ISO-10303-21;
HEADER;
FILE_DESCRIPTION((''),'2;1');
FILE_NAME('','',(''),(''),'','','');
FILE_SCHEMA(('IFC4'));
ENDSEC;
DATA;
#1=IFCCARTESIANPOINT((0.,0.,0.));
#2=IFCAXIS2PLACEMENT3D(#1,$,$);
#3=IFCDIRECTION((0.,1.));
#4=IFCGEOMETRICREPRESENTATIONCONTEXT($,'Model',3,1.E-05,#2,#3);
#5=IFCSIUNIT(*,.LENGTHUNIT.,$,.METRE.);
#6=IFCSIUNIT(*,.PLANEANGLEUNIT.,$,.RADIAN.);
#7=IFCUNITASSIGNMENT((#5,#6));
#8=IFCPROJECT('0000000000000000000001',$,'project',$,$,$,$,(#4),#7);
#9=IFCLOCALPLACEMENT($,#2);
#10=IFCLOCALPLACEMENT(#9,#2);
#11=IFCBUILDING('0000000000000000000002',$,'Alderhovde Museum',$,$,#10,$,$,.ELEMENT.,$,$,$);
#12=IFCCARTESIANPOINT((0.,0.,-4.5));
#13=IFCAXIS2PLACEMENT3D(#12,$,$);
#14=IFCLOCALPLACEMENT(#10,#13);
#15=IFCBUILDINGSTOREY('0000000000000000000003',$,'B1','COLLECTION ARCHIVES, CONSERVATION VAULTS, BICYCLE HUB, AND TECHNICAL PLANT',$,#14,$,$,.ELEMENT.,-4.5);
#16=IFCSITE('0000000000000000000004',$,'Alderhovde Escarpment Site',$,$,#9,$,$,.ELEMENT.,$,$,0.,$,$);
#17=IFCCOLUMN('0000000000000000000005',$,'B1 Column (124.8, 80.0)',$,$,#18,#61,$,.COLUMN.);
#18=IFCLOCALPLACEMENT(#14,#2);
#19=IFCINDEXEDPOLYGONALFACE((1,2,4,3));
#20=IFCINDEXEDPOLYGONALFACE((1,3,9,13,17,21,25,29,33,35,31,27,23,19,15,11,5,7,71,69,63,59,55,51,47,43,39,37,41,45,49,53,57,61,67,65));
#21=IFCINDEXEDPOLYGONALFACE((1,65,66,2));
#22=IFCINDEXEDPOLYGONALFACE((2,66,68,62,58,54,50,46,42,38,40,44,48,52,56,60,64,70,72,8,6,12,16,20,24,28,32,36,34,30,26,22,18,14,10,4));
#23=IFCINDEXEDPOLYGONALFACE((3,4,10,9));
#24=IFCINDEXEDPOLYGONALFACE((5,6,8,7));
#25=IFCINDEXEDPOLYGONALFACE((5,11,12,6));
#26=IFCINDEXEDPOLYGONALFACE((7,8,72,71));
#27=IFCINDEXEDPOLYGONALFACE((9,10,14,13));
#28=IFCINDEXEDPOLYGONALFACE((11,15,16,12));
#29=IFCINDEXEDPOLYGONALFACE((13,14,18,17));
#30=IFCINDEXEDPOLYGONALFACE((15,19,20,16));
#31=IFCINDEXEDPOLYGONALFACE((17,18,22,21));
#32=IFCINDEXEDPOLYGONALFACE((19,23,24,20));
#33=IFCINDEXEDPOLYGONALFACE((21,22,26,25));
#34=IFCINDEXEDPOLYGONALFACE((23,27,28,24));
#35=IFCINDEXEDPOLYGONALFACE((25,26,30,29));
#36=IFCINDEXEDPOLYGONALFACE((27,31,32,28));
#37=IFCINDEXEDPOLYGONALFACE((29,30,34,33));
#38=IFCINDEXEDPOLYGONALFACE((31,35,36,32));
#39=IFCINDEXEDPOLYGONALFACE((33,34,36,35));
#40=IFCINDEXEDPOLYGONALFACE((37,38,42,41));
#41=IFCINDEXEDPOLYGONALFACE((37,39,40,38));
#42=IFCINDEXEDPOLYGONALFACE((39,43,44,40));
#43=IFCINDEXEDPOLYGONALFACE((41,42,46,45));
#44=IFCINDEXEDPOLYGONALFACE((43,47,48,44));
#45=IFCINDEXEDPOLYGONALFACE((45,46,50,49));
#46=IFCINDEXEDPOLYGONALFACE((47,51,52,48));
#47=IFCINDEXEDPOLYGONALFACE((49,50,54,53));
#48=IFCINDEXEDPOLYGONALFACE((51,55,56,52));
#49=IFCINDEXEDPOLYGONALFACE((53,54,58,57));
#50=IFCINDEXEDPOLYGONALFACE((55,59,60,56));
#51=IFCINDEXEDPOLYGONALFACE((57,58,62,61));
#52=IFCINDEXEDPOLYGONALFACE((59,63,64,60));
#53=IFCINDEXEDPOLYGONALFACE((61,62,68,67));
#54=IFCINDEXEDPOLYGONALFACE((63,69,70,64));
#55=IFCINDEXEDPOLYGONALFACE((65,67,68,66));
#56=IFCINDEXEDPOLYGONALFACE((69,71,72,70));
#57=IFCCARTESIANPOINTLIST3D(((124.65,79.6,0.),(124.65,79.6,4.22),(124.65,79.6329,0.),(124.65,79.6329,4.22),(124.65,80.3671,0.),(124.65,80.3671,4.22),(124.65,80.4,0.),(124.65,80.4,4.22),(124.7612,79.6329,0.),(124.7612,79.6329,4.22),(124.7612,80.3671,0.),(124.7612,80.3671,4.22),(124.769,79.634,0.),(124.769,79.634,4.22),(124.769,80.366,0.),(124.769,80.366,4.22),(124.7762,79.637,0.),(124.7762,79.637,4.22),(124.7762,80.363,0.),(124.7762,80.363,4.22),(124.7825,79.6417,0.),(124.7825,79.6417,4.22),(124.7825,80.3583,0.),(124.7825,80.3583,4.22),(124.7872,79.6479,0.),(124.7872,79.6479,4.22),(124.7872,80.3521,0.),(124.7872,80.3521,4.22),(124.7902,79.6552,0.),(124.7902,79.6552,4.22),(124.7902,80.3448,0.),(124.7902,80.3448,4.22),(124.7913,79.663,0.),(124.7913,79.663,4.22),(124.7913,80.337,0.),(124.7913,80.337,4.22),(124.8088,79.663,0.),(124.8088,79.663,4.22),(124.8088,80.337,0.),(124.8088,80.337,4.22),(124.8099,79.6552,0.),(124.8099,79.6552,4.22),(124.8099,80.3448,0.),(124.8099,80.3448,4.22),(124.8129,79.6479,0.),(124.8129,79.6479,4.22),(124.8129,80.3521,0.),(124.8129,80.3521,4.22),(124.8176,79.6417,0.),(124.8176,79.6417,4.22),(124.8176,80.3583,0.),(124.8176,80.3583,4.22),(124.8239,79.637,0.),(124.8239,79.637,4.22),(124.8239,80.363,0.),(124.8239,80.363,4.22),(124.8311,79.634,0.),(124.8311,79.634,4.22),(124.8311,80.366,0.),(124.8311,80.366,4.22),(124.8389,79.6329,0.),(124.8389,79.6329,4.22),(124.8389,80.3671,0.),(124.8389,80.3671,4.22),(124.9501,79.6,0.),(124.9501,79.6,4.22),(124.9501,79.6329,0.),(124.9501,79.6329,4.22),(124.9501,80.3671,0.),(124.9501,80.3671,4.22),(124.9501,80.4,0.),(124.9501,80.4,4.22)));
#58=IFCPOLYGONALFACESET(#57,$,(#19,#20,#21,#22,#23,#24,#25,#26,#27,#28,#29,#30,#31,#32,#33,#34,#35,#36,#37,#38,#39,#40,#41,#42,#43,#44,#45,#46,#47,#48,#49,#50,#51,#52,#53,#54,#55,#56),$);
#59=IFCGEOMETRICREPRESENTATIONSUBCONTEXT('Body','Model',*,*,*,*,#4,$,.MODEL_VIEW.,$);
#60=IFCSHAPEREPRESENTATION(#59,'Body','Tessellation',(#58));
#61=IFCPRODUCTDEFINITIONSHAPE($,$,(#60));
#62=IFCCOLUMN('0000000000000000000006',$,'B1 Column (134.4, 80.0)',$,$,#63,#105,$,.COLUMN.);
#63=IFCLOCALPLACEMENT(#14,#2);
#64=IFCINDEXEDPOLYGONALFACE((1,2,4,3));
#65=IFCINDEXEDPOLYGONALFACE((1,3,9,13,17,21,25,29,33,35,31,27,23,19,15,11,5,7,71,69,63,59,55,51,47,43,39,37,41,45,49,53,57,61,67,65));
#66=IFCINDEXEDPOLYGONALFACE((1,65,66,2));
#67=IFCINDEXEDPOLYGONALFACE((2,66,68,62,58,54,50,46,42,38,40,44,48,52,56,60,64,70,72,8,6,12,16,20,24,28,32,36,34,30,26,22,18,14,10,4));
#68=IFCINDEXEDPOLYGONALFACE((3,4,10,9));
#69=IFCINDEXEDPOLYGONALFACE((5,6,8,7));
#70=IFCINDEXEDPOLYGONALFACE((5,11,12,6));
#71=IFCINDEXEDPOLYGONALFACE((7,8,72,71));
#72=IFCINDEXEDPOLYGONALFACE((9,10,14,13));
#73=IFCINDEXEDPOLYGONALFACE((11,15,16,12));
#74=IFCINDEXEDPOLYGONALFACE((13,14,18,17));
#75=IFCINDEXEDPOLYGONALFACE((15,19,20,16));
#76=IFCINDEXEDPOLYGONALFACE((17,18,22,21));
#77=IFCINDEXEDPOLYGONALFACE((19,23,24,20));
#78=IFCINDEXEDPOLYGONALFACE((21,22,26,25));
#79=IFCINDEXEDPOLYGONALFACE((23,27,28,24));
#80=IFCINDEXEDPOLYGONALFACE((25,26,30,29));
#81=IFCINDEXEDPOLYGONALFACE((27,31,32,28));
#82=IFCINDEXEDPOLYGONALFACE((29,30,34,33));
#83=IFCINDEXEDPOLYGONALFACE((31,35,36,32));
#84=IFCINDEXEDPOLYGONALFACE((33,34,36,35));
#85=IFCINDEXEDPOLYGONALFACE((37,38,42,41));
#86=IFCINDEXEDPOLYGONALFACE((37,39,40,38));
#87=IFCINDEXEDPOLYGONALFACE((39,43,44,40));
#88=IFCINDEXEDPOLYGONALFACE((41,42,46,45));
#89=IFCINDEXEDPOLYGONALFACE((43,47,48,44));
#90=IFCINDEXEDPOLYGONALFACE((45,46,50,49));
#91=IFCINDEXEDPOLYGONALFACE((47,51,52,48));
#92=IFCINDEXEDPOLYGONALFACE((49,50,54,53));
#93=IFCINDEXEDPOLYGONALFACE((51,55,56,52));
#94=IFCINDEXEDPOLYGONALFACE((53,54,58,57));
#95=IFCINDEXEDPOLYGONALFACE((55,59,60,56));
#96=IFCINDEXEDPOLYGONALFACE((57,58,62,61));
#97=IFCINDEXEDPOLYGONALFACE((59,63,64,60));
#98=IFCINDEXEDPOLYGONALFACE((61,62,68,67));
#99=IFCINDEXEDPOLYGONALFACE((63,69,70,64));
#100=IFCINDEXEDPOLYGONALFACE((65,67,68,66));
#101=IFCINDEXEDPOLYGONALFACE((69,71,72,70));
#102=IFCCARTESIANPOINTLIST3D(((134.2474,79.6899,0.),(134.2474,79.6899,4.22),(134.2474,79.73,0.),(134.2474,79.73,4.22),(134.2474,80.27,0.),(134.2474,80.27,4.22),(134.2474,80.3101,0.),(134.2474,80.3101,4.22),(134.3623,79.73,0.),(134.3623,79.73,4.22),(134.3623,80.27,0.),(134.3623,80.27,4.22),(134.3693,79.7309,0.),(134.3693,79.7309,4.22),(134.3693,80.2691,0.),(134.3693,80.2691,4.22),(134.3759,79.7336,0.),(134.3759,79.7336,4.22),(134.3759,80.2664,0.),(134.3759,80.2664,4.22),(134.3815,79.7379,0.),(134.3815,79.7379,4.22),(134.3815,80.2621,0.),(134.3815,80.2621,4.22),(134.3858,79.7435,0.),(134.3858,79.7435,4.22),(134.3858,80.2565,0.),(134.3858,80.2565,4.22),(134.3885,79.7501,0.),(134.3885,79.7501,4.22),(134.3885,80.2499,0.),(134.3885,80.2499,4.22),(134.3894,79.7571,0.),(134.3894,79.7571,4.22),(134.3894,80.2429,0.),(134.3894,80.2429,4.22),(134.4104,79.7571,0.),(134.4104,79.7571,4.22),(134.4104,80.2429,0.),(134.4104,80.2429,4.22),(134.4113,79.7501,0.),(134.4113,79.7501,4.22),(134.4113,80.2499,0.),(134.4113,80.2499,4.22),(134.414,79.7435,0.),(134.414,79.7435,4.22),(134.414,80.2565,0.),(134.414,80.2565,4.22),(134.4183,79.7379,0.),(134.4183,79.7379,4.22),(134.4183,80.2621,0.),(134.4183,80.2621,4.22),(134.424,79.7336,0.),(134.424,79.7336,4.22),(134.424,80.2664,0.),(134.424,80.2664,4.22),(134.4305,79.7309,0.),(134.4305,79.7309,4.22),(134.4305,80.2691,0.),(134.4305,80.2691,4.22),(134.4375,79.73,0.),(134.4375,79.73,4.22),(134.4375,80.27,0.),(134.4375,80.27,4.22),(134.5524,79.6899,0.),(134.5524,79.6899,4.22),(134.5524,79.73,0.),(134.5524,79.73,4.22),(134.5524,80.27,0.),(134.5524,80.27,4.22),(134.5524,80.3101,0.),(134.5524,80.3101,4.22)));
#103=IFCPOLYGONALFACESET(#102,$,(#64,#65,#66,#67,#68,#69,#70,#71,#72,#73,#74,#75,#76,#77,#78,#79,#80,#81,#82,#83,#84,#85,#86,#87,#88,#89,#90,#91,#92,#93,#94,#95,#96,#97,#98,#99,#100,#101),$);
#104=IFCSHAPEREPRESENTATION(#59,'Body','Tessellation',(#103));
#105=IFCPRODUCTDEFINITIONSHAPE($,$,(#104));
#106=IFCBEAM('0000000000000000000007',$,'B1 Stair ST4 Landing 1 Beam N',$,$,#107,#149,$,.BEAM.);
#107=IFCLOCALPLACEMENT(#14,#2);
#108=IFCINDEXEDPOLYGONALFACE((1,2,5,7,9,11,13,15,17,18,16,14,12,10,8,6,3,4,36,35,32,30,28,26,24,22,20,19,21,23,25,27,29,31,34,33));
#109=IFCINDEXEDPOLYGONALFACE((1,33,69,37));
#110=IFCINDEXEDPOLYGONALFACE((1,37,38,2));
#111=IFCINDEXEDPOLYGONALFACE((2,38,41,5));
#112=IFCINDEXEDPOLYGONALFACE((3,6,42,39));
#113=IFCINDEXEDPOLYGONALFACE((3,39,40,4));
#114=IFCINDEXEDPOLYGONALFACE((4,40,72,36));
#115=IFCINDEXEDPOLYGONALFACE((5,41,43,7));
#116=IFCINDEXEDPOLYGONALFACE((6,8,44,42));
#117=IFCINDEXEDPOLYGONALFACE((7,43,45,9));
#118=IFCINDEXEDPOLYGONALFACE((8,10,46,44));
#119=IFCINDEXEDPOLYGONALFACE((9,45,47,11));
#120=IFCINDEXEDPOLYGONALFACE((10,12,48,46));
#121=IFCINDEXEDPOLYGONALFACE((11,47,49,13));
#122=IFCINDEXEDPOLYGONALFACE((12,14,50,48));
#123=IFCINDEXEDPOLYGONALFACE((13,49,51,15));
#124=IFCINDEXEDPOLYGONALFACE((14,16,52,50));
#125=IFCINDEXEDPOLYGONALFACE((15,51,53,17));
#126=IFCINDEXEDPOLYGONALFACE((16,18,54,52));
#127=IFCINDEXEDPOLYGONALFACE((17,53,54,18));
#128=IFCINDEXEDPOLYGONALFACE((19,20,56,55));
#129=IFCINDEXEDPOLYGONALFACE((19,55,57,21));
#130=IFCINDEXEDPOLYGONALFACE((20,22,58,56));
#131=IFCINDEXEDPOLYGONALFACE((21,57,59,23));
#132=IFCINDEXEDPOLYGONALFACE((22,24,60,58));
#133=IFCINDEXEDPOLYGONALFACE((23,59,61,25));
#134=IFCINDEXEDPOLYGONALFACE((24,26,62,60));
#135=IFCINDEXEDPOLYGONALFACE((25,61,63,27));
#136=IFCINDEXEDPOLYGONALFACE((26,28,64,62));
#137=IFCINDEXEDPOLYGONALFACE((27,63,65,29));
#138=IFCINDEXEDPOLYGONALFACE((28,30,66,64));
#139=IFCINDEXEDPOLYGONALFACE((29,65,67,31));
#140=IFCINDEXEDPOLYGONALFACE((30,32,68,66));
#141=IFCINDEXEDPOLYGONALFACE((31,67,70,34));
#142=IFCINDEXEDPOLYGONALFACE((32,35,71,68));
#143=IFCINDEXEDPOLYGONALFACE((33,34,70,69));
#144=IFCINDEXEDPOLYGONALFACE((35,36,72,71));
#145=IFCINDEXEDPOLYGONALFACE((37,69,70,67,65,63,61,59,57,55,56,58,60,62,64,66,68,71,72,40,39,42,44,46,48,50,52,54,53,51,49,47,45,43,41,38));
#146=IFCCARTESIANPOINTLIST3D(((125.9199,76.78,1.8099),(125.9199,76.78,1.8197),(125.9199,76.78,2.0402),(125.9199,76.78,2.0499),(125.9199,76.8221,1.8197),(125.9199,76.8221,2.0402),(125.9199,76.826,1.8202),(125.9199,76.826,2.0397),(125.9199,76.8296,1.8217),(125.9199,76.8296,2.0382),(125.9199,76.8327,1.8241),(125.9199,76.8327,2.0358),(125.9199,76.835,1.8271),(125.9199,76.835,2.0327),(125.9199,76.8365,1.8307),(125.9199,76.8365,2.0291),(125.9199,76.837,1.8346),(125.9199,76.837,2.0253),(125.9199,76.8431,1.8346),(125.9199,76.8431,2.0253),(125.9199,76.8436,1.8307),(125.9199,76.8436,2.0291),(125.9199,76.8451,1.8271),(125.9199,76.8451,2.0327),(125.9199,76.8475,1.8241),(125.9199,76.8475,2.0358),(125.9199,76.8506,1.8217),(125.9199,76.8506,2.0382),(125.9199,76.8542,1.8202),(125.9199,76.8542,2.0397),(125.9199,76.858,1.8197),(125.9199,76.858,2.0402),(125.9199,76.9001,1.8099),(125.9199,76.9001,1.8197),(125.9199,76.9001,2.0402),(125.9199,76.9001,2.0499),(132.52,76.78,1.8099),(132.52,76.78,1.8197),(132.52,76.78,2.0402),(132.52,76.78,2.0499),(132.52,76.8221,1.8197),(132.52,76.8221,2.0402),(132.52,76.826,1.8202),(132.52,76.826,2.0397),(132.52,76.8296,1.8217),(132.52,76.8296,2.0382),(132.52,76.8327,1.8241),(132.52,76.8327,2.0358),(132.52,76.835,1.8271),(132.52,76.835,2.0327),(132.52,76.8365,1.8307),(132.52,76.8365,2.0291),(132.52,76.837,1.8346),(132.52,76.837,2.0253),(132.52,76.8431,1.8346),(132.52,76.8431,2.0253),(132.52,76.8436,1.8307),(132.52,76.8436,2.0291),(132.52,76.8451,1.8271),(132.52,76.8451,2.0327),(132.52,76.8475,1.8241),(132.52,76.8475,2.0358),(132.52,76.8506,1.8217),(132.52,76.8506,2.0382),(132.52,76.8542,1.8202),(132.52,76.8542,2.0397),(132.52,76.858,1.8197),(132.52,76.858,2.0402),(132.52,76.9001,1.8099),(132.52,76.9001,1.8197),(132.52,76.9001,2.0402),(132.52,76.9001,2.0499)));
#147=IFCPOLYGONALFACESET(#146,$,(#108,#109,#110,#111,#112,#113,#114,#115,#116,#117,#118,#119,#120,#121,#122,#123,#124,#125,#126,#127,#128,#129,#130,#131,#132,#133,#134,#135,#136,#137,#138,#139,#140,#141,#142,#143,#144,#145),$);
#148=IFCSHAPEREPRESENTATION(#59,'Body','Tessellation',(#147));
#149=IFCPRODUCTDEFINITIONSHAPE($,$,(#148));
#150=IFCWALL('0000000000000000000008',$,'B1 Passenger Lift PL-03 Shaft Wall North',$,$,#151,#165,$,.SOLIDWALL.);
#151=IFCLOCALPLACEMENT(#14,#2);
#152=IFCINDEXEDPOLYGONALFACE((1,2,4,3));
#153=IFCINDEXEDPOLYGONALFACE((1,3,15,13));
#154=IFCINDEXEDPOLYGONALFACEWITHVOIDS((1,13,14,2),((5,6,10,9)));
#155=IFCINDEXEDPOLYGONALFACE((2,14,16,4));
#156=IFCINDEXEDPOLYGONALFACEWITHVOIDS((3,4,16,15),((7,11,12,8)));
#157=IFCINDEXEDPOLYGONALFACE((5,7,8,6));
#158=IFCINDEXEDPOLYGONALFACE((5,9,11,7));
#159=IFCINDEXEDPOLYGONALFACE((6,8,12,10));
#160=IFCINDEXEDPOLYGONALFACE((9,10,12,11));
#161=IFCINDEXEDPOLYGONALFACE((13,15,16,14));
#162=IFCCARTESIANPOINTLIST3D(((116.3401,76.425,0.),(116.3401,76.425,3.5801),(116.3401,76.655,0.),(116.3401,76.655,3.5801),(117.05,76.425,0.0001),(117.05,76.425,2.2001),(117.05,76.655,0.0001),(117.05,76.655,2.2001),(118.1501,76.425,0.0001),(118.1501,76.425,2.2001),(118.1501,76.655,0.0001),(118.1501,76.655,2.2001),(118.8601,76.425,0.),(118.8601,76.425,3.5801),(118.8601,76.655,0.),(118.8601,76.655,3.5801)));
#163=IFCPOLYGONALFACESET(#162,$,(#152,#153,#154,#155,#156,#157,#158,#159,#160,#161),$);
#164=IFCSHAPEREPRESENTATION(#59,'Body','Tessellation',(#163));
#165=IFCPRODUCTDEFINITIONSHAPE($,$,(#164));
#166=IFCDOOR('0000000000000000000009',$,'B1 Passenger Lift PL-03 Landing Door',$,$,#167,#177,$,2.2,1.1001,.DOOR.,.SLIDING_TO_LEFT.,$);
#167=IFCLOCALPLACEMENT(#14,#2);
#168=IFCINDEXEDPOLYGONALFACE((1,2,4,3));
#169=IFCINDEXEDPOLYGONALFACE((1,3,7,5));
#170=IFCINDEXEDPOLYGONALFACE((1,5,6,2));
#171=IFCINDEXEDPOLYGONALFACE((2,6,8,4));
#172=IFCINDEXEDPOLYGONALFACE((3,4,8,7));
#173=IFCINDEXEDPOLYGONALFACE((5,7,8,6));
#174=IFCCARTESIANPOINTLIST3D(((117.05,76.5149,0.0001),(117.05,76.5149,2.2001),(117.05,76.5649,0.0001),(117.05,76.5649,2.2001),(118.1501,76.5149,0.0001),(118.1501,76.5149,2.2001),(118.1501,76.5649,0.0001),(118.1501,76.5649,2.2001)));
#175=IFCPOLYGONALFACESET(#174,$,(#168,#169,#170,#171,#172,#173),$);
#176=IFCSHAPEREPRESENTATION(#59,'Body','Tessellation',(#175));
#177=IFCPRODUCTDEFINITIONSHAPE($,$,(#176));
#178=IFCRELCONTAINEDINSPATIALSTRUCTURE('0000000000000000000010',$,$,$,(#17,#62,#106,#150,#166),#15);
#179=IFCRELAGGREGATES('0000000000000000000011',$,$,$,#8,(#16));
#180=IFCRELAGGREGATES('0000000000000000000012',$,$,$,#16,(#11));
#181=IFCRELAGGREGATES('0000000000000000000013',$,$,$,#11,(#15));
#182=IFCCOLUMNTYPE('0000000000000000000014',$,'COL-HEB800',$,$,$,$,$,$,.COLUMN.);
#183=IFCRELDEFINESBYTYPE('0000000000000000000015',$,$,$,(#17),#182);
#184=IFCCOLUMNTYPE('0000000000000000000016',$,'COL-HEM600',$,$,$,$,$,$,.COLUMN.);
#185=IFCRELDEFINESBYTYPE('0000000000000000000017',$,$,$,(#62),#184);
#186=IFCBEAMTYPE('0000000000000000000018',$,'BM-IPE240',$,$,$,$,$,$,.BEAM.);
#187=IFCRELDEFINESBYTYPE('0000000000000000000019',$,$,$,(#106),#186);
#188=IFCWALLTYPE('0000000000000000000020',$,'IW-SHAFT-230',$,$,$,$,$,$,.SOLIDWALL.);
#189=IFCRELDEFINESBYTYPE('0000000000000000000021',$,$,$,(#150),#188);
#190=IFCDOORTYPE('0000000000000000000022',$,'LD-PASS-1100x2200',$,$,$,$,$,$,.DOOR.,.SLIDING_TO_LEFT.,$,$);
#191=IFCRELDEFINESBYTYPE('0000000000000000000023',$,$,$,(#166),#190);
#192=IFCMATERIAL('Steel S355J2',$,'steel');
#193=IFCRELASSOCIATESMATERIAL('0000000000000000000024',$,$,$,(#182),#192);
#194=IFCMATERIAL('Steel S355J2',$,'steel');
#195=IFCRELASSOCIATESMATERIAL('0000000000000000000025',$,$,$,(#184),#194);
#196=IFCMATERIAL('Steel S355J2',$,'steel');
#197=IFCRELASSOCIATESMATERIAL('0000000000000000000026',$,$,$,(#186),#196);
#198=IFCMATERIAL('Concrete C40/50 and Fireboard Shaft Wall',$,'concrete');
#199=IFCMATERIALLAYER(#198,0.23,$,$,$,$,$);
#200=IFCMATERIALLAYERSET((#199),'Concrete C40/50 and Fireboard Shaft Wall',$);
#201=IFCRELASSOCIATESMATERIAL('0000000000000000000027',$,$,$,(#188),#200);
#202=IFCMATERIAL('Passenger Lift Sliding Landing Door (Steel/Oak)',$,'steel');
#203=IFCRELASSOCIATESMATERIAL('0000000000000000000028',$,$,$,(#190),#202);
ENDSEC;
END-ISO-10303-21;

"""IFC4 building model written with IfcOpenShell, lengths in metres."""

from ifc_helpers import new_model, si_unit, direction, frame, frame_2d, origin, origin_2d, place, context, subcontext, project, spatial, rectangle, i_section, extrude, material, layer, layer_set, material_profile, profile_set, type_object, element, fill, save


model = new_model("IFC4")

# Units and contexts
model_context = context("Model", 3, precision=1e-05, world=origin(), true_north=direction((0.0, 1.0)))
body_context = subcontext(model_context, "Body", "Model", "MODEL_VIEW")
ifc_project = project(units=[si_unit("LENGTHUNIT", "METRE"), si_unit("PLANEANGLEUNIT", "RADIAN")], contexts=[model_context])

# Site, building, storey
site_placement = place(None, origin())
site = spatial("IfcSite", under=ifc_project, at=site_placement, Name="Alderhovde Escarpment Site", CompositionType="ELEMENT", RefElevation=0.0)
building_placement = place(site_placement, origin())
building = spatial("IfcBuilding", under=site, at=building_placement, Name="Alderhovde Museum", CompositionType="ELEMENT")
storey_placement = place(building_placement, frame((0.0, 0.0, -4.5)))
storey = spatial("IfcBuildingStorey", under=building, at=storey_placement, Name="B1", Description="COLLECTION ARCHIVES, CONSERVATION VAULTS, BICYCLE HUB, AND TECHNICAL PLANT", CompositionType="ELEMENT", Elevation=-4.5)

# Columns
ifc_material_1 = material(Name="Steel S355J2", Category="steel")
ifc_material_profile_1 = material_profile(ifc_material_1, i_section(OverallWidth=0.3, OverallDepth=0.8, WebThickness=0.0176, FlangeThickness=0.033, FilletRadius=0.03, at=origin_2d()), Name="HEB 800")
ifc_profile_set_1 = profile_set([ifc_material_profile_1], Name="Steel S355J2")
column_type_1 = type_object("IfcColumnType", Name="COL-HEB800", PredefinedType="COLUMN", material=ifc_profile_set_1)
column_1_placement = place(storey_placement, frame((124.8, 80.0, 0.0), z_axis=(0.0, 0.0, 1.0), x_axis=(1.0, 0.0, 0.0)))
element("IfcColumn", 1, at=column_1_placement, inside=storey, type_object=column_type_1, Name="B1 Column (124.8, 80.0)", PredefinedType="COLUMN", context=body_context, shape_type="SweptSolid", body=[
    extrude(i_section(OverallWidth=0.3, OverallDepth=0.8, WebThickness=0.0176, FlangeThickness=0.033, FilletRadius=0.03, at=origin_2d()), origin(), (0.0, 0.0, 1.0), 4.22),
])
ifc_material_2 = material(Name="Steel S355J2", Category="steel")
ifc_material_profile_2 = material_profile(ifc_material_2, i_section(OverallWidth=0.3049, OverallDepth=0.6201, WebThickness=0.021, FlangeThickness=0.04, FilletRadius=0.0271, at=origin_2d()), Name="HEM 600")
ifc_profile_set_2 = profile_set([ifc_material_profile_2], Name="Steel S355J2")
column_type_2 = type_object("IfcColumnType", Name="COL-HEM600", PredefinedType="COLUMN", material=ifc_profile_set_2)
column_2_placement = place(storey_placement, frame((134.3999, 80.0, 0.0), z_axis=(0.0, 0.0, 1.0), x_axis=(1.0, 0.0, 0.0)))
element("IfcColumn", 2, at=column_2_placement, inside=storey, type_object=column_type_2, Name="B1 Column (134.4, 80.0)", PredefinedType="COLUMN", context=body_context, shape_type="SweptSolid", body=[
    extrude(i_section(OverallWidth=0.3049, OverallDepth=0.6201, WebThickness=0.021, FlangeThickness=0.04, FilletRadius=0.0271, at=origin_2d()), origin(), (0.0, 0.0, 1.0), 4.22),
])

# Beam
ifc_material_3 = material(Name="Steel S355J2", Category="steel")
ifc_material_profile_3 = material_profile(ifc_material_3, i_section(OverallWidth=0.1201, OverallDepth=0.24, WebThickness=0.0061, FlangeThickness=0.0098, FilletRadius=0.0149, at=origin_2d()), Name="IPE 240")
ifc_profile_set_3 = profile_set([ifc_material_profile_3], Name="Steel S355J2")
beam_type = type_object("IfcBeamType", Name="BM-IPE240", PredefinedType="BEAM", material=ifc_profile_set_3)
beam_placement = place(storey_placement, frame((125.9199, 76.8401, 1.9299), z_axis=(1.0, 0.0, 0.0), x_axis=(0.0, 1.0, 0.0)))
element("IfcBeam", 3, at=beam_placement, inside=storey, type_object=beam_type, Name="B1 Stair ST4 Landing 1 Beam N", PredefinedType="BEAM", context=body_context, shape_type="SweptSolid", body=[
    extrude(i_section(OverallWidth=0.1201, OverallDepth=0.24, WebThickness=0.0061, FlangeThickness=0.0098, FilletRadius=0.0149, at=origin_2d()), origin(), (0.0, 0.0, 1.0), 6.6001),
])

# Wall, opening, door
ifc_material_4 = material(Name="Concrete C40/50 and Fireboard Shaft Wall", Category="concrete")
ifc_layer_1 = layer(ifc_material_4, 0.23)
ifc_layer_set_1 = layer_set([ifc_layer_1], Name="Concrete C40/50 and Fireboard Shaft Wall")
wall_type_1 = type_object("IfcWallType", Name="IW-SHAFT-230", PredefinedType="SOLIDWALL", material=ifc_layer_set_1)
wall_1_placement = place(storey_placement, frame((116.3401, 76.54, 0.0), z_axis=(0.0, 0.0, 1.0), x_axis=(1.0, 0.0, 0.0)))
wall_1 = element("IfcWall", 4, at=wall_1_placement, inside=storey, type_object=wall_type_1, Name="B1 Passenger Lift PL-03 Shaft Wall North", PredefinedType="SOLIDWALL", context=body_context, shape_type="SweptSolid", body=[
    extrude(rectangle(XDim=2.52, YDim=0.23, at=frame_2d((1.26, 0.0))), origin(), (0.0, 0.0, 1.0), 3.5801),
])
opening_placement = place(wall_1_placement, frame((0.71, 0.0, 0.0)))
opening = element("IfcOpeningElement", 5, at=opening_placement, cuts=wall_1, PredefinedType="OPENING", context=body_context, shape_type="SweptSolid", body=[
    extrude(rectangle(XDim=1.1001, YDim=2.2, at=frame_2d((0.55, 1.1001))), frame((0.0, 0.125, 0.0), z_axis=(0.0, -1.0, 0.0), x_axis=(1.0, 0.0, 0.0)), (0.0, 0.0, 1.0), 0.25),
])
ifc_material_5 = material(Name="Passenger Lift Sliding Landing Door (Steel/Oak)", Category="steel")
door_type = type_object("IfcDoorType", Name="LD-PASS-1100x2200", OperationType="SLIDING_TO_LEFT", PredefinedType="DOOR", material=ifc_material_5)
door_placement = place(opening_placement, origin())
door = element("IfcDoor", 6, at=door_placement, inside=storey, type_object=door_type, Name="B1 Passenger Lift PL-03 Landing Door", OperationType="SLIDING_TO_LEFT", OverallHeight=2.2, OverallWidth=1.1001, PredefinedType="DOOR", context=body_context, shape_type="SweptSolid", body=[
    extrude(rectangle(XDim=1.1001, YDim=2.2, at=frame_2d((0.55, 1.1001))), frame((0.0, 0.0249, 0.0), z_axis=(0.0, -1.0, 0.0), x_axis=(1.0, 0.0, 0.0)), (0.0, 0.0, 1.0), 0.05),
])
fill(opening, door)

save(model, "model.ifc")
